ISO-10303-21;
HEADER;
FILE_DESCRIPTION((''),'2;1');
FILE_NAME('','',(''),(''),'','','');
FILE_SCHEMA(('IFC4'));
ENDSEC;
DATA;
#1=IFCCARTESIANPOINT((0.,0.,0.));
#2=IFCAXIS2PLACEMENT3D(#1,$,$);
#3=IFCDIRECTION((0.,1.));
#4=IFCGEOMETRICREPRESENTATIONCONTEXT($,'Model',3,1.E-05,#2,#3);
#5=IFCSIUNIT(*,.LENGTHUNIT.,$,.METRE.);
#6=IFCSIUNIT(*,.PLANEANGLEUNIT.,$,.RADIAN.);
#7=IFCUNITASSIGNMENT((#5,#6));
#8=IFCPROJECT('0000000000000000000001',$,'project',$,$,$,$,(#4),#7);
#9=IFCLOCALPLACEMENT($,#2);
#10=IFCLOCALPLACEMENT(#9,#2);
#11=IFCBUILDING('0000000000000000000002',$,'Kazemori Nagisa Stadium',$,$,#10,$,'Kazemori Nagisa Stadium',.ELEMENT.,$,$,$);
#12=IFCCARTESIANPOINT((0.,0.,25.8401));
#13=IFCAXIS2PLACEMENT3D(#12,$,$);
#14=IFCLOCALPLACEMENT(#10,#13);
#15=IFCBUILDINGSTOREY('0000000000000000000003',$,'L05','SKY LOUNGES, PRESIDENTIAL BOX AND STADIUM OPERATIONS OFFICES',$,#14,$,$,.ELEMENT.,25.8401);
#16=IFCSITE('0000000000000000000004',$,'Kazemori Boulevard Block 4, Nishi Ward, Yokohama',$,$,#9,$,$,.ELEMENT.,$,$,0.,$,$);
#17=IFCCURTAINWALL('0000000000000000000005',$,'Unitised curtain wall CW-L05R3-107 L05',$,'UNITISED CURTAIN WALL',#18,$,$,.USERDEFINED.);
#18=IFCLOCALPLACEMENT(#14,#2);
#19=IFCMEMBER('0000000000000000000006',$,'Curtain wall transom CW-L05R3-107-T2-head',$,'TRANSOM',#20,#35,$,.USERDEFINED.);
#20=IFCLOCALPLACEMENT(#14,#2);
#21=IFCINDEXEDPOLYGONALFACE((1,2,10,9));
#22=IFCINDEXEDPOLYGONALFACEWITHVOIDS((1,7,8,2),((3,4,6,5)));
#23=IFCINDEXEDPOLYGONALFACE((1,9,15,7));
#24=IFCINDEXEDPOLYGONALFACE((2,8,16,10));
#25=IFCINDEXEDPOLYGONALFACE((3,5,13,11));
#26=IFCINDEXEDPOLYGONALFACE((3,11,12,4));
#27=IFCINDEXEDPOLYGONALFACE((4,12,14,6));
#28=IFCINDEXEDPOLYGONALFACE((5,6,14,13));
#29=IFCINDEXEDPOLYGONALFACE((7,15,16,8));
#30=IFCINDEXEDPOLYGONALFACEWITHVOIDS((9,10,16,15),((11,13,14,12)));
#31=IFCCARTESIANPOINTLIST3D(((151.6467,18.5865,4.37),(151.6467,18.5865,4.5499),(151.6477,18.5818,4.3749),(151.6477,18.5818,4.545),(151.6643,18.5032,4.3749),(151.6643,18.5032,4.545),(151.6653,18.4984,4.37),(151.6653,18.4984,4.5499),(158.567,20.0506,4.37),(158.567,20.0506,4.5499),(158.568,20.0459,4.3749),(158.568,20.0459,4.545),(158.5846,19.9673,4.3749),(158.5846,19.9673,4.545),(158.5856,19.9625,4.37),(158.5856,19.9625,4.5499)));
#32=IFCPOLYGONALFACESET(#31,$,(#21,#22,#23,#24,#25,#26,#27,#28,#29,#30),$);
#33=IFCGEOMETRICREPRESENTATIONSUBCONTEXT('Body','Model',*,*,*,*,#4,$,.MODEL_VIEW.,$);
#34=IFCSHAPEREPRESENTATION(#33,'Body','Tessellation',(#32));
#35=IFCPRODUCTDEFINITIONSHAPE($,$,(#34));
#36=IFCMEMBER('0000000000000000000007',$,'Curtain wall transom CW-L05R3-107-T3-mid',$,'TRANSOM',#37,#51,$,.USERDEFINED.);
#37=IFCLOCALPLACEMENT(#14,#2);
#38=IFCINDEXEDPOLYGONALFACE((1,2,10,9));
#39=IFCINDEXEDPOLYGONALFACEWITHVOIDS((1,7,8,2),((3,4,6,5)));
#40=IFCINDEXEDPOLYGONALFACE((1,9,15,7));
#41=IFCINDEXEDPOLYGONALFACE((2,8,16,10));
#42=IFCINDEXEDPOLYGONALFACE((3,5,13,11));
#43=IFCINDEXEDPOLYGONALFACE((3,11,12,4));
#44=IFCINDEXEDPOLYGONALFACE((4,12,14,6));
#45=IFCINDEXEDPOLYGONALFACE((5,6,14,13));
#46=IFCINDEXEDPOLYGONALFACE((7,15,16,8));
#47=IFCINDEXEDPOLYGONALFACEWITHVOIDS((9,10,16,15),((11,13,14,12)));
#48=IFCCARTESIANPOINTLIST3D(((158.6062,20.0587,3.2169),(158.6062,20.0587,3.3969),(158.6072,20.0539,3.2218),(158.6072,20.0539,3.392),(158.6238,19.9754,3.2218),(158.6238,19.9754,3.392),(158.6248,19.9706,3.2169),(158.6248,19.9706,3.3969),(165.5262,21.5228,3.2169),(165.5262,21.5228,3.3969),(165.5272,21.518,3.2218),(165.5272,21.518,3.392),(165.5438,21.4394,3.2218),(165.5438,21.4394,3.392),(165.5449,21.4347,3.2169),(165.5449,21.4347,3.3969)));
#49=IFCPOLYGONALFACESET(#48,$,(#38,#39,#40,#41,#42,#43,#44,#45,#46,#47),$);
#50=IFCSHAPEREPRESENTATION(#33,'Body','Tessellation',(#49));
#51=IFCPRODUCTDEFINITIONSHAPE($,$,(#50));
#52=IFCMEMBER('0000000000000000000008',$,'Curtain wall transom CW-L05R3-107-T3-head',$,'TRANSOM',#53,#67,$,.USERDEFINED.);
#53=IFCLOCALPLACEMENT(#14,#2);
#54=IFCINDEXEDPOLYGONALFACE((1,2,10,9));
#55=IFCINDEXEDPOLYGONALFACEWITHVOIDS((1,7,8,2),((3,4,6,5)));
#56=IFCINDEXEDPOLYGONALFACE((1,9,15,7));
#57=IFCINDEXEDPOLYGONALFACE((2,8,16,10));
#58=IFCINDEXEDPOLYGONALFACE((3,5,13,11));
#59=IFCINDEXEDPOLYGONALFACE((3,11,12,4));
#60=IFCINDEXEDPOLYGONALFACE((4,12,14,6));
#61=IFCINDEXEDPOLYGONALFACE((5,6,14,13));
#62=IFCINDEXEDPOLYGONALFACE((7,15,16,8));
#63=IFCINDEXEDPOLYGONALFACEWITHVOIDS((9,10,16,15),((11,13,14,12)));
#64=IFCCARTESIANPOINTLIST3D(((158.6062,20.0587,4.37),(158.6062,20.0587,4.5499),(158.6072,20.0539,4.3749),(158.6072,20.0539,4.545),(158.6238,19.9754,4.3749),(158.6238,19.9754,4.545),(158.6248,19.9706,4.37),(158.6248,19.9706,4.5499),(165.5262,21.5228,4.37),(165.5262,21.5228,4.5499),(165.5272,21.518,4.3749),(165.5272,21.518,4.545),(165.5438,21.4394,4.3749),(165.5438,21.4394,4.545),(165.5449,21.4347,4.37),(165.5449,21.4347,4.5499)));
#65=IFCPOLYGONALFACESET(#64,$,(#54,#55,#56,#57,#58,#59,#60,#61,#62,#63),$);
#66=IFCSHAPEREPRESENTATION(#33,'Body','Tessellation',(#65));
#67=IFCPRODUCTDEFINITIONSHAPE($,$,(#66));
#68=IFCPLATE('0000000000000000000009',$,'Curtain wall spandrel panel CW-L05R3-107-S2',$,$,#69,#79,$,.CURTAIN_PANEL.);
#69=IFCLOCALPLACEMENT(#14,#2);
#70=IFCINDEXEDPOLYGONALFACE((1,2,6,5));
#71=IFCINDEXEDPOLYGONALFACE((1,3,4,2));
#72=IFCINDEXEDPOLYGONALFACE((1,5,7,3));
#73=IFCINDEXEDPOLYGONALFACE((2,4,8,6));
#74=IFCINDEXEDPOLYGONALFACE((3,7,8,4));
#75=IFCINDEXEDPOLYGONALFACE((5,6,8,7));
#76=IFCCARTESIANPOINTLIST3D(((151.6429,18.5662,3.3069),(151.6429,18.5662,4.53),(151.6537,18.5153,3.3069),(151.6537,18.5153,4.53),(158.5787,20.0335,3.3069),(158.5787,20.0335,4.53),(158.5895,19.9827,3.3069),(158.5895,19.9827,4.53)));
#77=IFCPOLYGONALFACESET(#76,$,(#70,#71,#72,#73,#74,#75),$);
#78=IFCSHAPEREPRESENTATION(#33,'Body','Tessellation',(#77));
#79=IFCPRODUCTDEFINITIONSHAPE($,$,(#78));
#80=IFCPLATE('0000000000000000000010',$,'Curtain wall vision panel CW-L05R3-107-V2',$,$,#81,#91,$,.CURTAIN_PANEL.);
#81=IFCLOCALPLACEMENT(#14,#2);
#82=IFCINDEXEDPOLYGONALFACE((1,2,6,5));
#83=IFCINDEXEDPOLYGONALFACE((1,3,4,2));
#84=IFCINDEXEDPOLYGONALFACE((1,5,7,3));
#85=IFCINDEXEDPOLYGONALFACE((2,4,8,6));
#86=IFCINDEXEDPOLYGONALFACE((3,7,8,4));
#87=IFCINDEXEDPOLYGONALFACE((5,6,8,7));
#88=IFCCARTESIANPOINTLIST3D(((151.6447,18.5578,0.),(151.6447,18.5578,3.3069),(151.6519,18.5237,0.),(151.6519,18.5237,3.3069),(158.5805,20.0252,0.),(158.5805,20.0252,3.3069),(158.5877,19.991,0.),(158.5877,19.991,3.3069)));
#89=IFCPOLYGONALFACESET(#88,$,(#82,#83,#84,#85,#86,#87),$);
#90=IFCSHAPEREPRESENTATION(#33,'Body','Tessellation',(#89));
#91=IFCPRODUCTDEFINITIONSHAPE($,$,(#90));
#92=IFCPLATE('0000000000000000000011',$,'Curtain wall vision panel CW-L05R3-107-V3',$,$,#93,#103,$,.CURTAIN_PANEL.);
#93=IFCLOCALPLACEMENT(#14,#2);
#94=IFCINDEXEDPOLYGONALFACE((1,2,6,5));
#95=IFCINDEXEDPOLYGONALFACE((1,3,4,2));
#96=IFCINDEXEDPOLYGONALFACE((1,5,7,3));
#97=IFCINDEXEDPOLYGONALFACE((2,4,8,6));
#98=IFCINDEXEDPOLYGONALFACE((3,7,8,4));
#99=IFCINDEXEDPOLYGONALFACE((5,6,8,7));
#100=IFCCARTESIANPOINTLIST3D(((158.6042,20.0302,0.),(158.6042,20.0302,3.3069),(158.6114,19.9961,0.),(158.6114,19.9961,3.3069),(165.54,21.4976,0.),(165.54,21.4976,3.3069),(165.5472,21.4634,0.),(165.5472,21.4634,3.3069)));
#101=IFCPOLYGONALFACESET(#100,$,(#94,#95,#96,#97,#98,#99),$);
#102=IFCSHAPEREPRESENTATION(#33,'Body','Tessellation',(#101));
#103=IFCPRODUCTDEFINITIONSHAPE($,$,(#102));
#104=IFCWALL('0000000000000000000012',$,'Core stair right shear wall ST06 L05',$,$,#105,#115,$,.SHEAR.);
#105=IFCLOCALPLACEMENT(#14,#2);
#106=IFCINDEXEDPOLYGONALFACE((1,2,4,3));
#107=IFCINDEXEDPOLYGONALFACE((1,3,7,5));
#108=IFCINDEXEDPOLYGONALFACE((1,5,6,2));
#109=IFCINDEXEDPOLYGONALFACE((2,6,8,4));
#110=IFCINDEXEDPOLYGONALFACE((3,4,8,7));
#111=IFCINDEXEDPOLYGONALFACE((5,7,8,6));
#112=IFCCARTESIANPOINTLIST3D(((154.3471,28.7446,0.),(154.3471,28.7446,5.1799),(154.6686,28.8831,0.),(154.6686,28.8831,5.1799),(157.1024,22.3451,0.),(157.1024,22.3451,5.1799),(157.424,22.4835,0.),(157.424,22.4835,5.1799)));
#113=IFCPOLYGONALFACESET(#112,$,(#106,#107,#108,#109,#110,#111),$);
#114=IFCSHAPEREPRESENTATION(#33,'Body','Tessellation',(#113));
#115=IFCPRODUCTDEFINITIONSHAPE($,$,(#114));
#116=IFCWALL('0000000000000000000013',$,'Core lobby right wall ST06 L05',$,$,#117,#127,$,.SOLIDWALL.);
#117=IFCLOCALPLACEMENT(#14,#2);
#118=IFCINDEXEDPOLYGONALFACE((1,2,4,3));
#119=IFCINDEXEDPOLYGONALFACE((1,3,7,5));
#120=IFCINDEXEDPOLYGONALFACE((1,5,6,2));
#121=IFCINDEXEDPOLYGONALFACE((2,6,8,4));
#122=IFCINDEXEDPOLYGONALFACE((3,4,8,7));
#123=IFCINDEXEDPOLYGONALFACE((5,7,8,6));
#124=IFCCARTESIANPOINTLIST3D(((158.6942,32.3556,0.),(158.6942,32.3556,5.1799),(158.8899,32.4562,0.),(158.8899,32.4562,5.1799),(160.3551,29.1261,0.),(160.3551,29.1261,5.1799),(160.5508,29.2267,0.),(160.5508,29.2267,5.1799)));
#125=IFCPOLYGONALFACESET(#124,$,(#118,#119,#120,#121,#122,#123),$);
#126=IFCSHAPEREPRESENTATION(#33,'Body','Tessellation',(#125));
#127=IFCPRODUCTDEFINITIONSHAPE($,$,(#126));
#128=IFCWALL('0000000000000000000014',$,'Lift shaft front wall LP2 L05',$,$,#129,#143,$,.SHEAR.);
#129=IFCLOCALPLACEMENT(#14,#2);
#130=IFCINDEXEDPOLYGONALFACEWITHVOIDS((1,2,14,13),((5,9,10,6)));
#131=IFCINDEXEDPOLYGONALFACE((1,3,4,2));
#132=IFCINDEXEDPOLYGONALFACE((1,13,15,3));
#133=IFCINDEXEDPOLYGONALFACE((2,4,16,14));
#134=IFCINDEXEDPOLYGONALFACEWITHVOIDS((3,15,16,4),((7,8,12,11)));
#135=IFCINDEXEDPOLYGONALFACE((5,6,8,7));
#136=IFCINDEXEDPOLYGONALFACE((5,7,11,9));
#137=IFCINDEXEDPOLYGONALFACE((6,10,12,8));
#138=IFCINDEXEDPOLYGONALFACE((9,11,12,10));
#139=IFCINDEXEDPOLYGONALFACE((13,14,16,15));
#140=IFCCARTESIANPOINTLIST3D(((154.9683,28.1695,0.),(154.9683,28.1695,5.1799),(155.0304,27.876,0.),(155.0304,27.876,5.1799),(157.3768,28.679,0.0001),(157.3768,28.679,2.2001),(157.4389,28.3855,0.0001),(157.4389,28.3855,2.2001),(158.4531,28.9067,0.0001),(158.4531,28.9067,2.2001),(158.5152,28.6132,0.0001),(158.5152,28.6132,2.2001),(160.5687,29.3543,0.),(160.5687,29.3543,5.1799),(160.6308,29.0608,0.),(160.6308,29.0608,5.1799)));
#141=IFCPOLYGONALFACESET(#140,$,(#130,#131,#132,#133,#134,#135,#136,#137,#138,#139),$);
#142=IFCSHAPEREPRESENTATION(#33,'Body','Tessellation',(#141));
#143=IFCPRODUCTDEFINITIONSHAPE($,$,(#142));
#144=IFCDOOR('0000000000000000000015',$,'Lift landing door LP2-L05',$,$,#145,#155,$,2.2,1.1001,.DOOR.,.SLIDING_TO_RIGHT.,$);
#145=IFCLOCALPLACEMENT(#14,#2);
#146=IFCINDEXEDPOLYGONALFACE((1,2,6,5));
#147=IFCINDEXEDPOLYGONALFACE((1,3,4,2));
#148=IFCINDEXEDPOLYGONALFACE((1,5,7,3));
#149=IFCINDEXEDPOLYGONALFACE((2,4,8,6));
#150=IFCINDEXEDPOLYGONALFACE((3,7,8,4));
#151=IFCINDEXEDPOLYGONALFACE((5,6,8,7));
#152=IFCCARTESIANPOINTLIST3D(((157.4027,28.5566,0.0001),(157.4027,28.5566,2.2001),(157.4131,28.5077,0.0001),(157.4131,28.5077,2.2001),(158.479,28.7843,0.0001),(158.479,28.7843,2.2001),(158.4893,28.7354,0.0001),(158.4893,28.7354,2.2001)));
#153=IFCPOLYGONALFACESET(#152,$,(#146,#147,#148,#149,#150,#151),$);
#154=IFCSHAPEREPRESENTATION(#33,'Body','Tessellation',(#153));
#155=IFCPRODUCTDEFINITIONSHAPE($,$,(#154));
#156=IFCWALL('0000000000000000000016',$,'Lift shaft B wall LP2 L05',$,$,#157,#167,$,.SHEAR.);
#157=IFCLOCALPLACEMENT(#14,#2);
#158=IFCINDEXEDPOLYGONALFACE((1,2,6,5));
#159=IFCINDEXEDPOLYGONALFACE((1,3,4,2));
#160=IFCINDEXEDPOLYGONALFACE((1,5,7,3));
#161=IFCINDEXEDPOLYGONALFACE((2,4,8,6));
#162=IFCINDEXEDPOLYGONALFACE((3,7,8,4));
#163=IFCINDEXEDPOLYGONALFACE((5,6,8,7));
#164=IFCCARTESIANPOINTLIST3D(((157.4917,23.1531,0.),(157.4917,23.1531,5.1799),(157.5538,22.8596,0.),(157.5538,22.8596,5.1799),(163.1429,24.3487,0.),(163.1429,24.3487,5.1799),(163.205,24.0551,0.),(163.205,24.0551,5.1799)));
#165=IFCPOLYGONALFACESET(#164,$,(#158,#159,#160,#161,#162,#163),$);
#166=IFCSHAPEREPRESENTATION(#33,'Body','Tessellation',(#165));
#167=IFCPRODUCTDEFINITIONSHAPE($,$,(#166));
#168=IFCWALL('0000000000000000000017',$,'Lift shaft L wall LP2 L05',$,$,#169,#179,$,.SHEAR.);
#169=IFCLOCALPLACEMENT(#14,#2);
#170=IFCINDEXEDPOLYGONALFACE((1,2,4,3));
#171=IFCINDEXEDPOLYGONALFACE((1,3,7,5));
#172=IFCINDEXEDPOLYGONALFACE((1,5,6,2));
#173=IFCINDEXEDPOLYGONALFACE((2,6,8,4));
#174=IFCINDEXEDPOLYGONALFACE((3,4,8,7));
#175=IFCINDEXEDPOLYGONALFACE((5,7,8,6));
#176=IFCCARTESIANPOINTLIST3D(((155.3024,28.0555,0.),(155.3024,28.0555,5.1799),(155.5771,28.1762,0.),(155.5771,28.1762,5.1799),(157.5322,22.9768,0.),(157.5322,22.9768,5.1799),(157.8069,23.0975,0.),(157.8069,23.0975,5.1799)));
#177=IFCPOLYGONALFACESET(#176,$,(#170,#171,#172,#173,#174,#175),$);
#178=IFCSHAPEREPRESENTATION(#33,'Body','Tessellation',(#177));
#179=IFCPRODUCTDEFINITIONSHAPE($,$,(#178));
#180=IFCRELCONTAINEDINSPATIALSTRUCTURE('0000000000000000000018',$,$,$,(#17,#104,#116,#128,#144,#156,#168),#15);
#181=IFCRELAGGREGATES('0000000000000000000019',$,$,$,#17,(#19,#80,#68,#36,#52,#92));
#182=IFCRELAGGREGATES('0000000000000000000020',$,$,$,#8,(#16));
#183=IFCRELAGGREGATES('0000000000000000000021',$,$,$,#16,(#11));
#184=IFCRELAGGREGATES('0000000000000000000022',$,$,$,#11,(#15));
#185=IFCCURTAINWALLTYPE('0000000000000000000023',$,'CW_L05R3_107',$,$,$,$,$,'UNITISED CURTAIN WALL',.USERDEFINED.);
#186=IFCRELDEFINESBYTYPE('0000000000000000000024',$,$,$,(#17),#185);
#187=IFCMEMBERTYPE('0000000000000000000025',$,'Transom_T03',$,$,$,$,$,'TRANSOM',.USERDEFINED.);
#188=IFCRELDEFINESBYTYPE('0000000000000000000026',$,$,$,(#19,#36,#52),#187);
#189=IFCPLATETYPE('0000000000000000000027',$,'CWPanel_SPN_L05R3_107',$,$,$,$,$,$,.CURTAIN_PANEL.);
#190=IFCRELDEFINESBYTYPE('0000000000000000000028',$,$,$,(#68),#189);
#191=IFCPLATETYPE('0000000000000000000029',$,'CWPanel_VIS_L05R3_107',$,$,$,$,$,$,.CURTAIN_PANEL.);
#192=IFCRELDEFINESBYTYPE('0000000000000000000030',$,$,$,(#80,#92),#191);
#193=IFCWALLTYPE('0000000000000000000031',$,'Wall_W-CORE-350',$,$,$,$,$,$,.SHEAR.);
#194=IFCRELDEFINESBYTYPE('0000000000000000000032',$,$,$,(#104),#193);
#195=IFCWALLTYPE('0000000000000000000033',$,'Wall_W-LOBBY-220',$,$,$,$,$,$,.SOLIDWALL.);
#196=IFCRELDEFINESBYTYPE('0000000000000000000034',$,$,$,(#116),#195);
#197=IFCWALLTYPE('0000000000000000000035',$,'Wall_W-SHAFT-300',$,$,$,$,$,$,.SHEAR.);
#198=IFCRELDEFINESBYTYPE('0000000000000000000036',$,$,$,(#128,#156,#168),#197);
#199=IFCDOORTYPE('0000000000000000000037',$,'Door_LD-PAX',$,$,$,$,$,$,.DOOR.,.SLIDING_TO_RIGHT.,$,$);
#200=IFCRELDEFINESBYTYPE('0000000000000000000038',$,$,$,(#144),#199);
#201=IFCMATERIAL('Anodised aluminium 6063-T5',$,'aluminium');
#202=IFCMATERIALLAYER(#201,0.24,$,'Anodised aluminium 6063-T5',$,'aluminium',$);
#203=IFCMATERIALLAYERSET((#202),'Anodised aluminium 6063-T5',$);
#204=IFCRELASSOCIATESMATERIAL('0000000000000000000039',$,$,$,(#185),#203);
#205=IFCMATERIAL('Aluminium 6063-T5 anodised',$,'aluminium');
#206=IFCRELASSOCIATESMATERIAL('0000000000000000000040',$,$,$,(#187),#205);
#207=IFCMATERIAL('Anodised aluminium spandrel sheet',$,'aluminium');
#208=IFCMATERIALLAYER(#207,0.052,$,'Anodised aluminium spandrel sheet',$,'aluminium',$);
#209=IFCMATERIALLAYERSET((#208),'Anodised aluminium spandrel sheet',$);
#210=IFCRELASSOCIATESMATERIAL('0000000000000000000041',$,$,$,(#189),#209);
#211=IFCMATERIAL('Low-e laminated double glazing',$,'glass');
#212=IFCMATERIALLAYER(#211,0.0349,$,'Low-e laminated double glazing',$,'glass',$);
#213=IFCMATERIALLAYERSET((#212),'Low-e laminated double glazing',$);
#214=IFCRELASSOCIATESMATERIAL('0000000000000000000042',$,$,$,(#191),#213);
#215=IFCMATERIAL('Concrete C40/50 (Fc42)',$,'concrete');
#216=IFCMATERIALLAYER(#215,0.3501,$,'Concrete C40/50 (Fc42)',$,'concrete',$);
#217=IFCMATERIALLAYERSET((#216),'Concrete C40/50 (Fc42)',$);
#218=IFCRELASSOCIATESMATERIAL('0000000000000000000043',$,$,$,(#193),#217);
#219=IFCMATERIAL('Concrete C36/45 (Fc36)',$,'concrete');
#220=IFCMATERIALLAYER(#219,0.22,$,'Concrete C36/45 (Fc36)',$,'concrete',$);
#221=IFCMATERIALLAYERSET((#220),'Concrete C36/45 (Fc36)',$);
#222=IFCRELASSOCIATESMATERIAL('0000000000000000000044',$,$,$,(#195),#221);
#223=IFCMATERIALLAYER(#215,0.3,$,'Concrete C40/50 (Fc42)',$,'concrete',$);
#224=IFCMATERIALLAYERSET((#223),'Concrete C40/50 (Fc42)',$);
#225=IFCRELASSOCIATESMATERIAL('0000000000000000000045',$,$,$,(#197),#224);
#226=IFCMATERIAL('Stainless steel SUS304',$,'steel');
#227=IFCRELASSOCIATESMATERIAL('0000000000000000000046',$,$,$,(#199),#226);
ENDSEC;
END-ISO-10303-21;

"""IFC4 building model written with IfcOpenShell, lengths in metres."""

from ifc_helpers import new_model, si_unit, direction, frame, frame_2d, origin, origin_2d, place, context, subcontext, project, spatial, rectangle, hollow_rectangle, extrude, material, layer, layer_set, material_profile, profile_set, type_object, element, fill, aggregate, save


model = new_model("IFC4")

# Units and contexts
model_context = context("Model", 3, precision=1e-05, world=origin(), true_north=direction((0.0, 1.0)))
body_context = subcontext(model_context, "Body", "Model", "MODEL_VIEW")
ifc_project = project(units=[si_unit("LENGTHUNIT", "METRE"), si_unit("PLANEANGLEUNIT", "RADIAN")], contexts=[model_context])

# Site, building, storey
site_placement = place(None, origin())
site = spatial("IfcSite", under=ifc_project, at=site_placement, Name="Kazemori Boulevard Block 4, Nishi Ward, Yokohama", CompositionType="ELEMENT", RefElevation=0.0)
building_placement = place(site_placement, origin())
building = spatial("IfcBuilding", under=site, at=building_placement, Name="Kazemori Nagisa Stadium", LongName="Kazemori Nagisa Stadium", CompositionType="ELEMENT")
storey_placement = place(building_placement, frame((0.0, 0.0, 25.8401)))
storey = spatial("IfcBuildingStorey", under=building, at=storey_placement, Name="L05", Description="SKY LOUNGES, PRESIDENTIAL BOX AND STADIUM OPERATIONS OFFICES", CompositionType="ELEMENT", Elevation=25.8401)

# Shared definitions
ifc_material_1 = material(Name="Concrete C40/50 (Fc42)", Category="concrete")

# Curtain wall, members, plates
ifc_material_2 = material(Name="Anodised aluminium 6063-T5", Category="aluminium")
ifc_layer_1 = layer(ifc_material_2, 0.24, Name="Anodised aluminium 6063-T5", Category="aluminium")
ifc_layer_set_1 = layer_set([ifc_layer_1], Name="Anodised aluminium 6063-T5")
curtain_wall_type = type_object("IfcCurtainWallType", Name="CW_L05R3_107", ElementType="UNITISED CURTAIN WALL", PredefinedType="USERDEFINED", material=ifc_layer_set_1)
curtain_wall_placement = place(storey_placement, origin())
curtain_wall = element("IfcCurtainWall", 1, at=curtain_wall_placement, inside=storey, type_object=curtain_wall_type, Name="Unitised curtain wall CW-L05R3-107 L05", ObjectType="UNITISED CURTAIN WALL", PredefinedType="USERDEFINED")
ifc_material_3 = material(Name="Aluminium 6063-T5 anodised", Category="aluminium")
ifc_material_profile_1 = material_profile(ifc_material_3, hollow_rectangle(XDim=0.0901, YDim=0.1799, WallThickness=0.0049, at=origin_2d()), Name="ALU-TRAN-90x180x5")
ifc_profile_set_1 = profile_set([ifc_material_profile_1], Name="Aluminium 6063-T5 anodised")
member_type_1 = type_object("IfcMemberType", Name="Transom_T03", ElementType="TRANSOM", PredefinedType="USERDEFINED", material=ifc_profile_set_1)
member_1_placement = place(storey_placement, frame((151.656, 18.5425, 4.46), z_axis=(0.978345, 0.206983, 0.0), x_axis=(-0.206983, 0.978345, 0.0)))
member_1 = element("IfcMember", 2, at=member_1_placement, type_object=member_type_1, Name="Curtain wall transom CW-L05R3-107-T2-head", ObjectType="TRANSOM", PredefinedType="USERDEFINED", context=body_context, shape_type="SweptSolid", body=[
    extrude(hollow_rectangle(XDim=0.0901, YDim=0.1799, WallThickness=0.0049, at=origin_2d()), origin(), (0.0, 0.0, 1.0), 7.0735),
])
member_2_placement = place(storey_placement, frame((158.6155, 20.0146, 3.3069), z_axis=(0.978343, 0.20699, 0.0), x_axis=(-0.20699, 0.978343, 0.0)))
member_2 = element("IfcMember", 3, at=member_2_placement, type_object=member_type_1, Name="Curtain wall transom CW-L05R3-107-T3-mid", ObjectType="TRANSOM", PredefinedType="USERDEFINED", context=body_context, shape_type="SweptSolid", body=[
    extrude(hollow_rectangle(XDim=0.0901, YDim=0.1799, WallThickness=0.0049, at=origin_2d()), origin(), (0.0, 0.0, 1.0), 7.0732),
])
member_3_placement = place(storey_placement, frame((158.6155, 20.0146, 4.46), z_axis=(0.978343, 0.20699, 0.0), x_axis=(-0.20699, 0.978343, 0.0)))
member_3 = element("IfcMember", 4, at=member_3_placement, type_object=member_type_1, Name="Curtain wall transom CW-L05R3-107-T3-head", ObjectType="TRANSOM", PredefinedType="USERDEFINED", context=body_context, shape_type="SweptSolid", body=[
    extrude(hollow_rectangle(XDim=0.0901, YDim=0.1799, WallThickness=0.0049, at=origin_2d()), origin(), (0.0, 0.0, 1.0), 7.0732),
])
ifc_material_4 = material(Name="Anodised aluminium spandrel sheet", Category="aluminium")
ifc_layer_2 = layer(ifc_material_4, 0.052, Name="Anodised aluminium spandrel sheet", Category="aluminium")
ifc_layer_set_2 = layer_set([ifc_layer_2], Name="Anodised aluminium spandrel sheet")
plate_type_1 = type_object("IfcPlateType", Name="CWPanel_SPN_L05R3_107", PredefinedType="CURTAIN_PANEL", material=ifc_layer_set_2)
plate_1_placement = place(storey_placement, frame((155.1162, 19.2744, 3.3069), z_axis=(0.0, 0.0, 1.0), x_axis=(0.978345, 0.206981, 0.0)))
plate_1 = element("IfcPlate", 5, at=plate_1_placement, type_object=plate_type_1, Name="Curtain wall spandrel panel CW-L05R3-107-S2", PredefinedType="CURTAIN_PANEL", context=body_context, shape_type="SweptSolid", body=[
    extrude(rectangle(XDim=7.0894, YDim=0.052, at=origin_2d()), origin(), (0.0, 0.0, 1.0), 1.2231),
])
ifc_material_5 = material(Name="Low-e laminated double glazing", Category="glass")
ifc_layer_3 = layer(ifc_material_5, 0.0349, Name="Low-e laminated double glazing", Category="glass")
ifc_layer_set_3 = layer_set([ifc_layer_3], Name="Low-e laminated double glazing")
plate_type_2 = type_object("IfcPlateType", Name="CWPanel_VIS_L05R3_107", PredefinedType="CURTAIN_PANEL", material=ifc_layer_set_3)
plate_2_placement = place(storey_placement, frame((155.1162, 19.2744, 0.0), z_axis=(0.0, 0.0, 1.0), x_axis=(0.978345, 0.206981, 0.0)))
plate_2 = element("IfcPlate", 6, at=plate_2_placement, type_object=plate_type_2, Name="Curtain wall vision panel CW-L05R3-107-V2", PredefinedType="CURTAIN_PANEL", context=body_context, shape_type="SweptSolid", body=[
    extrude(rectangle(XDim=7.0894, YDim=0.0349, at=origin_2d()), origin(), (0.0, 0.0, 1.0), 3.3069),
])
plate_3_placement = place(storey_placement, frame((162.0757, 20.7468, 0.0), z_axis=(0.0, 0.0, 1.0), x_axis=(0.978345, 0.206981, 0.0)))
plate_3 = element("IfcPlate", 7, at=plate_3_placement, type_object=plate_type_2, Name="Curtain wall vision panel CW-L05R3-107-V3", PredefinedType="CURTAIN_PANEL", context=body_context, shape_type="SweptSolid", body=[
    extrude(rectangle(XDim=7.0894, YDim=0.0349, at=origin_2d()), origin(), (0.0, 0.0, 1.0), 3.3069),
])
aggregate(curtain_wall, [member_1, plate_2, plate_1, member_2, member_3, plate_3])

# Walls
ifc_layer_4 = layer(ifc_material_1, 0.3501, Name="Concrete C40/50 (Fc42)", Category="concrete")
ifc_layer_set_4 = layer_set([ifc_layer_4], Name="Concrete C40/50 (Fc42)")
wall_type_1 = type_object("IfcWallType", Name="Wall_W-CORE-350", PredefinedType="SHEAR", material=ifc_layer_set_4)
wall_1_placement = place(storey_placement, frame((154.5078, 28.814, 0.0), z_axis=(0.0, 0.0, 1.0), x_axis=(0.395454, -0.918486, 0.0)))
element("IfcWall", 8, at=wall_1_placement, inside=storey, type_object=wall_type_1, Name="Core stair right shear wall ST06 L05", PredefinedType="SHEAR", context=body_context, shape_type="SweptSolid", body=[
    extrude(rectangle(XDim=6.9675, YDim=0.3501, at=frame_2d((3.4839, 0.0))), origin(), (0.0, 0.0, 1.0), 5.1799),
])
ifc_material_6 = material(Name="Concrete C36/45 (Fc36)", Category="concrete")
ifc_layer_5 = layer(ifc_material_6, 0.22, Name="Concrete C36/45 (Fc36)", Category="concrete")
ifc_layer_set_5 = layer_set([ifc_layer_5], Name="Concrete C36/45 (Fc36)")
wall_type_2 = type_object("IfcWallType", Name="Wall_W-LOBBY-220", PredefinedType="SOLIDWALL", material=ifc_layer_set_5)
wall_2_placement = place(storey_placement, frame((158.792, 32.406, 0.0), z_axis=(0.0, 0.0, 1.0), x_axis=(0.45735, -0.889287, 0.0)))
element("IfcWall", 9, at=wall_2_placement, inside=storey, type_object=wall_type_2, Name="Core lobby right wall ST06 L05", PredefinedType="SOLIDWALL", context=body_context, shape_type="SweptSolid", body=[
    extrude(rectangle(XDim=3.6316, YDim=0.22, at=frame_2d((1.8159, 0.0))), origin(), (0.0, 0.0, 1.0), 5.1799),
])

# Wall, opening, door
ifc_layer_6 = layer(ifc_material_1, 0.3, Name="Concrete C40/50 (Fc42)", Category="concrete")
ifc_layer_set_6 = layer_set([ifc_layer_6], Name="Concrete C40/50 (Fc42)")
wall_type_3 = type_object("IfcWallType", Name="Wall_W-SHAFT-300", PredefinedType="SHEAR", material=ifc_layer_set_6)
wall_3_placement = place(storey_placement, frame((154.9993, 28.0227, 0.0), z_axis=(0.0, 0.0, 1.0), x_axis=(0.978345, 0.20698, 0.0)))
wall_3 = element("IfcWall", 10, at=wall_3_placement, inside=storey, type_object=wall_type_3, Name="Lift shaft front wall LP2 L05", PredefinedType="SHEAR", context=body_context, shape_type="SweptSolid", body=[
    extrude(rectangle(XDim=5.7244, YDim=0.3, at=frame_2d((2.8623, 0.0))), origin(), (0.0, 0.0, 1.0), 5.1799),
])
opening_placement = place(wall_3_placement, frame((2.4619, 0.0, 0.0)))
opening = element("IfcOpeningElement", 11, at=opening_placement, cuts=wall_3, PredefinedType="OPENING", context=body_context, shape_type="SweptSolid", body=[
    extrude(rectangle(XDim=1.1001, YDim=2.2, at=frame_2d((0.55, 1.1001))), frame((0.0, 0.1599, 0.0), z_axis=(0.0, -1.0, 0.0), x_axis=(1.0, 0.0, 0.0)), (0.0, 0.0, 1.0), 0.3201),
])
ifc_material_7 = material(Name="Stainless steel SUS304", Category="steel")
door_type = type_object("IfcDoorType", Name="Door_LD-PAX", OperationType="SLIDING_TO_RIGHT", PredefinedType="DOOR", material=ifc_material_7)
door_placement = place(opening_placement, origin())
door = element("IfcDoor", 12, at=door_placement, inside=storey, type_object=door_type, Name="Lift landing door LP2-L05", OperationType="SLIDING_TO_RIGHT", OverallHeight=2.2, OverallWidth=1.1001, PredefinedType="DOOR", context=body_context, shape_type="SweptSolid", body=[
    extrude(rectangle(XDim=1.1001, YDim=2.2, at=frame_2d((0.55, 1.1001))), frame((0.0, 0.0249, 0.0), z_axis=(0.0, -1.0, 0.0), x_axis=(1.0, 0.0, 0.0)), (0.0, 0.0, 1.0), 0.05),
])
fill(opening, door)

# Walls
wall_4_placement = place(storey_placement, frame((157.5227, 23.0063, 0.0), z_axis=(0.0, 0.0, 1.0), x_axis=(0.978347, 0.206971, 0.0)))
element("IfcWall", 13, at=wall_4_placement, inside=storey, type_object=wall_type_3, Name="Lift shaft B wall LP2 L05", PredefinedType="SHEAR", context=body_context, shape_type="SweptSolid", body=[
    extrude(rectangle(XDim=5.7764, YDim=0.3, at=frame_2d((2.8882, 0.0))), origin(), (0.0, 0.0, 1.0), 5.1799),
])
wall_5_placement = place(storey_placement, frame((155.4397, 28.116, 0.0), z_axis=(0.0, 0.0, 1.0), x_axis=(0.402005, -0.915637, 0.0)))
element("IfcWall", 14, at=wall_5_placement, inside=storey, type_object=wall_type_3, Name="Lift shaft L wall LP2 L05", PredefinedType="SHEAR", context=body_context, shape_type="SweptSolid", body=[
    extrude(rectangle(XDim=5.5466, YDim=0.3, at=frame_2d((2.7734, 0.0))), origin(), (0.0, 0.0, 1.0), 5.1799),
])

save(model, "model.ifc")
